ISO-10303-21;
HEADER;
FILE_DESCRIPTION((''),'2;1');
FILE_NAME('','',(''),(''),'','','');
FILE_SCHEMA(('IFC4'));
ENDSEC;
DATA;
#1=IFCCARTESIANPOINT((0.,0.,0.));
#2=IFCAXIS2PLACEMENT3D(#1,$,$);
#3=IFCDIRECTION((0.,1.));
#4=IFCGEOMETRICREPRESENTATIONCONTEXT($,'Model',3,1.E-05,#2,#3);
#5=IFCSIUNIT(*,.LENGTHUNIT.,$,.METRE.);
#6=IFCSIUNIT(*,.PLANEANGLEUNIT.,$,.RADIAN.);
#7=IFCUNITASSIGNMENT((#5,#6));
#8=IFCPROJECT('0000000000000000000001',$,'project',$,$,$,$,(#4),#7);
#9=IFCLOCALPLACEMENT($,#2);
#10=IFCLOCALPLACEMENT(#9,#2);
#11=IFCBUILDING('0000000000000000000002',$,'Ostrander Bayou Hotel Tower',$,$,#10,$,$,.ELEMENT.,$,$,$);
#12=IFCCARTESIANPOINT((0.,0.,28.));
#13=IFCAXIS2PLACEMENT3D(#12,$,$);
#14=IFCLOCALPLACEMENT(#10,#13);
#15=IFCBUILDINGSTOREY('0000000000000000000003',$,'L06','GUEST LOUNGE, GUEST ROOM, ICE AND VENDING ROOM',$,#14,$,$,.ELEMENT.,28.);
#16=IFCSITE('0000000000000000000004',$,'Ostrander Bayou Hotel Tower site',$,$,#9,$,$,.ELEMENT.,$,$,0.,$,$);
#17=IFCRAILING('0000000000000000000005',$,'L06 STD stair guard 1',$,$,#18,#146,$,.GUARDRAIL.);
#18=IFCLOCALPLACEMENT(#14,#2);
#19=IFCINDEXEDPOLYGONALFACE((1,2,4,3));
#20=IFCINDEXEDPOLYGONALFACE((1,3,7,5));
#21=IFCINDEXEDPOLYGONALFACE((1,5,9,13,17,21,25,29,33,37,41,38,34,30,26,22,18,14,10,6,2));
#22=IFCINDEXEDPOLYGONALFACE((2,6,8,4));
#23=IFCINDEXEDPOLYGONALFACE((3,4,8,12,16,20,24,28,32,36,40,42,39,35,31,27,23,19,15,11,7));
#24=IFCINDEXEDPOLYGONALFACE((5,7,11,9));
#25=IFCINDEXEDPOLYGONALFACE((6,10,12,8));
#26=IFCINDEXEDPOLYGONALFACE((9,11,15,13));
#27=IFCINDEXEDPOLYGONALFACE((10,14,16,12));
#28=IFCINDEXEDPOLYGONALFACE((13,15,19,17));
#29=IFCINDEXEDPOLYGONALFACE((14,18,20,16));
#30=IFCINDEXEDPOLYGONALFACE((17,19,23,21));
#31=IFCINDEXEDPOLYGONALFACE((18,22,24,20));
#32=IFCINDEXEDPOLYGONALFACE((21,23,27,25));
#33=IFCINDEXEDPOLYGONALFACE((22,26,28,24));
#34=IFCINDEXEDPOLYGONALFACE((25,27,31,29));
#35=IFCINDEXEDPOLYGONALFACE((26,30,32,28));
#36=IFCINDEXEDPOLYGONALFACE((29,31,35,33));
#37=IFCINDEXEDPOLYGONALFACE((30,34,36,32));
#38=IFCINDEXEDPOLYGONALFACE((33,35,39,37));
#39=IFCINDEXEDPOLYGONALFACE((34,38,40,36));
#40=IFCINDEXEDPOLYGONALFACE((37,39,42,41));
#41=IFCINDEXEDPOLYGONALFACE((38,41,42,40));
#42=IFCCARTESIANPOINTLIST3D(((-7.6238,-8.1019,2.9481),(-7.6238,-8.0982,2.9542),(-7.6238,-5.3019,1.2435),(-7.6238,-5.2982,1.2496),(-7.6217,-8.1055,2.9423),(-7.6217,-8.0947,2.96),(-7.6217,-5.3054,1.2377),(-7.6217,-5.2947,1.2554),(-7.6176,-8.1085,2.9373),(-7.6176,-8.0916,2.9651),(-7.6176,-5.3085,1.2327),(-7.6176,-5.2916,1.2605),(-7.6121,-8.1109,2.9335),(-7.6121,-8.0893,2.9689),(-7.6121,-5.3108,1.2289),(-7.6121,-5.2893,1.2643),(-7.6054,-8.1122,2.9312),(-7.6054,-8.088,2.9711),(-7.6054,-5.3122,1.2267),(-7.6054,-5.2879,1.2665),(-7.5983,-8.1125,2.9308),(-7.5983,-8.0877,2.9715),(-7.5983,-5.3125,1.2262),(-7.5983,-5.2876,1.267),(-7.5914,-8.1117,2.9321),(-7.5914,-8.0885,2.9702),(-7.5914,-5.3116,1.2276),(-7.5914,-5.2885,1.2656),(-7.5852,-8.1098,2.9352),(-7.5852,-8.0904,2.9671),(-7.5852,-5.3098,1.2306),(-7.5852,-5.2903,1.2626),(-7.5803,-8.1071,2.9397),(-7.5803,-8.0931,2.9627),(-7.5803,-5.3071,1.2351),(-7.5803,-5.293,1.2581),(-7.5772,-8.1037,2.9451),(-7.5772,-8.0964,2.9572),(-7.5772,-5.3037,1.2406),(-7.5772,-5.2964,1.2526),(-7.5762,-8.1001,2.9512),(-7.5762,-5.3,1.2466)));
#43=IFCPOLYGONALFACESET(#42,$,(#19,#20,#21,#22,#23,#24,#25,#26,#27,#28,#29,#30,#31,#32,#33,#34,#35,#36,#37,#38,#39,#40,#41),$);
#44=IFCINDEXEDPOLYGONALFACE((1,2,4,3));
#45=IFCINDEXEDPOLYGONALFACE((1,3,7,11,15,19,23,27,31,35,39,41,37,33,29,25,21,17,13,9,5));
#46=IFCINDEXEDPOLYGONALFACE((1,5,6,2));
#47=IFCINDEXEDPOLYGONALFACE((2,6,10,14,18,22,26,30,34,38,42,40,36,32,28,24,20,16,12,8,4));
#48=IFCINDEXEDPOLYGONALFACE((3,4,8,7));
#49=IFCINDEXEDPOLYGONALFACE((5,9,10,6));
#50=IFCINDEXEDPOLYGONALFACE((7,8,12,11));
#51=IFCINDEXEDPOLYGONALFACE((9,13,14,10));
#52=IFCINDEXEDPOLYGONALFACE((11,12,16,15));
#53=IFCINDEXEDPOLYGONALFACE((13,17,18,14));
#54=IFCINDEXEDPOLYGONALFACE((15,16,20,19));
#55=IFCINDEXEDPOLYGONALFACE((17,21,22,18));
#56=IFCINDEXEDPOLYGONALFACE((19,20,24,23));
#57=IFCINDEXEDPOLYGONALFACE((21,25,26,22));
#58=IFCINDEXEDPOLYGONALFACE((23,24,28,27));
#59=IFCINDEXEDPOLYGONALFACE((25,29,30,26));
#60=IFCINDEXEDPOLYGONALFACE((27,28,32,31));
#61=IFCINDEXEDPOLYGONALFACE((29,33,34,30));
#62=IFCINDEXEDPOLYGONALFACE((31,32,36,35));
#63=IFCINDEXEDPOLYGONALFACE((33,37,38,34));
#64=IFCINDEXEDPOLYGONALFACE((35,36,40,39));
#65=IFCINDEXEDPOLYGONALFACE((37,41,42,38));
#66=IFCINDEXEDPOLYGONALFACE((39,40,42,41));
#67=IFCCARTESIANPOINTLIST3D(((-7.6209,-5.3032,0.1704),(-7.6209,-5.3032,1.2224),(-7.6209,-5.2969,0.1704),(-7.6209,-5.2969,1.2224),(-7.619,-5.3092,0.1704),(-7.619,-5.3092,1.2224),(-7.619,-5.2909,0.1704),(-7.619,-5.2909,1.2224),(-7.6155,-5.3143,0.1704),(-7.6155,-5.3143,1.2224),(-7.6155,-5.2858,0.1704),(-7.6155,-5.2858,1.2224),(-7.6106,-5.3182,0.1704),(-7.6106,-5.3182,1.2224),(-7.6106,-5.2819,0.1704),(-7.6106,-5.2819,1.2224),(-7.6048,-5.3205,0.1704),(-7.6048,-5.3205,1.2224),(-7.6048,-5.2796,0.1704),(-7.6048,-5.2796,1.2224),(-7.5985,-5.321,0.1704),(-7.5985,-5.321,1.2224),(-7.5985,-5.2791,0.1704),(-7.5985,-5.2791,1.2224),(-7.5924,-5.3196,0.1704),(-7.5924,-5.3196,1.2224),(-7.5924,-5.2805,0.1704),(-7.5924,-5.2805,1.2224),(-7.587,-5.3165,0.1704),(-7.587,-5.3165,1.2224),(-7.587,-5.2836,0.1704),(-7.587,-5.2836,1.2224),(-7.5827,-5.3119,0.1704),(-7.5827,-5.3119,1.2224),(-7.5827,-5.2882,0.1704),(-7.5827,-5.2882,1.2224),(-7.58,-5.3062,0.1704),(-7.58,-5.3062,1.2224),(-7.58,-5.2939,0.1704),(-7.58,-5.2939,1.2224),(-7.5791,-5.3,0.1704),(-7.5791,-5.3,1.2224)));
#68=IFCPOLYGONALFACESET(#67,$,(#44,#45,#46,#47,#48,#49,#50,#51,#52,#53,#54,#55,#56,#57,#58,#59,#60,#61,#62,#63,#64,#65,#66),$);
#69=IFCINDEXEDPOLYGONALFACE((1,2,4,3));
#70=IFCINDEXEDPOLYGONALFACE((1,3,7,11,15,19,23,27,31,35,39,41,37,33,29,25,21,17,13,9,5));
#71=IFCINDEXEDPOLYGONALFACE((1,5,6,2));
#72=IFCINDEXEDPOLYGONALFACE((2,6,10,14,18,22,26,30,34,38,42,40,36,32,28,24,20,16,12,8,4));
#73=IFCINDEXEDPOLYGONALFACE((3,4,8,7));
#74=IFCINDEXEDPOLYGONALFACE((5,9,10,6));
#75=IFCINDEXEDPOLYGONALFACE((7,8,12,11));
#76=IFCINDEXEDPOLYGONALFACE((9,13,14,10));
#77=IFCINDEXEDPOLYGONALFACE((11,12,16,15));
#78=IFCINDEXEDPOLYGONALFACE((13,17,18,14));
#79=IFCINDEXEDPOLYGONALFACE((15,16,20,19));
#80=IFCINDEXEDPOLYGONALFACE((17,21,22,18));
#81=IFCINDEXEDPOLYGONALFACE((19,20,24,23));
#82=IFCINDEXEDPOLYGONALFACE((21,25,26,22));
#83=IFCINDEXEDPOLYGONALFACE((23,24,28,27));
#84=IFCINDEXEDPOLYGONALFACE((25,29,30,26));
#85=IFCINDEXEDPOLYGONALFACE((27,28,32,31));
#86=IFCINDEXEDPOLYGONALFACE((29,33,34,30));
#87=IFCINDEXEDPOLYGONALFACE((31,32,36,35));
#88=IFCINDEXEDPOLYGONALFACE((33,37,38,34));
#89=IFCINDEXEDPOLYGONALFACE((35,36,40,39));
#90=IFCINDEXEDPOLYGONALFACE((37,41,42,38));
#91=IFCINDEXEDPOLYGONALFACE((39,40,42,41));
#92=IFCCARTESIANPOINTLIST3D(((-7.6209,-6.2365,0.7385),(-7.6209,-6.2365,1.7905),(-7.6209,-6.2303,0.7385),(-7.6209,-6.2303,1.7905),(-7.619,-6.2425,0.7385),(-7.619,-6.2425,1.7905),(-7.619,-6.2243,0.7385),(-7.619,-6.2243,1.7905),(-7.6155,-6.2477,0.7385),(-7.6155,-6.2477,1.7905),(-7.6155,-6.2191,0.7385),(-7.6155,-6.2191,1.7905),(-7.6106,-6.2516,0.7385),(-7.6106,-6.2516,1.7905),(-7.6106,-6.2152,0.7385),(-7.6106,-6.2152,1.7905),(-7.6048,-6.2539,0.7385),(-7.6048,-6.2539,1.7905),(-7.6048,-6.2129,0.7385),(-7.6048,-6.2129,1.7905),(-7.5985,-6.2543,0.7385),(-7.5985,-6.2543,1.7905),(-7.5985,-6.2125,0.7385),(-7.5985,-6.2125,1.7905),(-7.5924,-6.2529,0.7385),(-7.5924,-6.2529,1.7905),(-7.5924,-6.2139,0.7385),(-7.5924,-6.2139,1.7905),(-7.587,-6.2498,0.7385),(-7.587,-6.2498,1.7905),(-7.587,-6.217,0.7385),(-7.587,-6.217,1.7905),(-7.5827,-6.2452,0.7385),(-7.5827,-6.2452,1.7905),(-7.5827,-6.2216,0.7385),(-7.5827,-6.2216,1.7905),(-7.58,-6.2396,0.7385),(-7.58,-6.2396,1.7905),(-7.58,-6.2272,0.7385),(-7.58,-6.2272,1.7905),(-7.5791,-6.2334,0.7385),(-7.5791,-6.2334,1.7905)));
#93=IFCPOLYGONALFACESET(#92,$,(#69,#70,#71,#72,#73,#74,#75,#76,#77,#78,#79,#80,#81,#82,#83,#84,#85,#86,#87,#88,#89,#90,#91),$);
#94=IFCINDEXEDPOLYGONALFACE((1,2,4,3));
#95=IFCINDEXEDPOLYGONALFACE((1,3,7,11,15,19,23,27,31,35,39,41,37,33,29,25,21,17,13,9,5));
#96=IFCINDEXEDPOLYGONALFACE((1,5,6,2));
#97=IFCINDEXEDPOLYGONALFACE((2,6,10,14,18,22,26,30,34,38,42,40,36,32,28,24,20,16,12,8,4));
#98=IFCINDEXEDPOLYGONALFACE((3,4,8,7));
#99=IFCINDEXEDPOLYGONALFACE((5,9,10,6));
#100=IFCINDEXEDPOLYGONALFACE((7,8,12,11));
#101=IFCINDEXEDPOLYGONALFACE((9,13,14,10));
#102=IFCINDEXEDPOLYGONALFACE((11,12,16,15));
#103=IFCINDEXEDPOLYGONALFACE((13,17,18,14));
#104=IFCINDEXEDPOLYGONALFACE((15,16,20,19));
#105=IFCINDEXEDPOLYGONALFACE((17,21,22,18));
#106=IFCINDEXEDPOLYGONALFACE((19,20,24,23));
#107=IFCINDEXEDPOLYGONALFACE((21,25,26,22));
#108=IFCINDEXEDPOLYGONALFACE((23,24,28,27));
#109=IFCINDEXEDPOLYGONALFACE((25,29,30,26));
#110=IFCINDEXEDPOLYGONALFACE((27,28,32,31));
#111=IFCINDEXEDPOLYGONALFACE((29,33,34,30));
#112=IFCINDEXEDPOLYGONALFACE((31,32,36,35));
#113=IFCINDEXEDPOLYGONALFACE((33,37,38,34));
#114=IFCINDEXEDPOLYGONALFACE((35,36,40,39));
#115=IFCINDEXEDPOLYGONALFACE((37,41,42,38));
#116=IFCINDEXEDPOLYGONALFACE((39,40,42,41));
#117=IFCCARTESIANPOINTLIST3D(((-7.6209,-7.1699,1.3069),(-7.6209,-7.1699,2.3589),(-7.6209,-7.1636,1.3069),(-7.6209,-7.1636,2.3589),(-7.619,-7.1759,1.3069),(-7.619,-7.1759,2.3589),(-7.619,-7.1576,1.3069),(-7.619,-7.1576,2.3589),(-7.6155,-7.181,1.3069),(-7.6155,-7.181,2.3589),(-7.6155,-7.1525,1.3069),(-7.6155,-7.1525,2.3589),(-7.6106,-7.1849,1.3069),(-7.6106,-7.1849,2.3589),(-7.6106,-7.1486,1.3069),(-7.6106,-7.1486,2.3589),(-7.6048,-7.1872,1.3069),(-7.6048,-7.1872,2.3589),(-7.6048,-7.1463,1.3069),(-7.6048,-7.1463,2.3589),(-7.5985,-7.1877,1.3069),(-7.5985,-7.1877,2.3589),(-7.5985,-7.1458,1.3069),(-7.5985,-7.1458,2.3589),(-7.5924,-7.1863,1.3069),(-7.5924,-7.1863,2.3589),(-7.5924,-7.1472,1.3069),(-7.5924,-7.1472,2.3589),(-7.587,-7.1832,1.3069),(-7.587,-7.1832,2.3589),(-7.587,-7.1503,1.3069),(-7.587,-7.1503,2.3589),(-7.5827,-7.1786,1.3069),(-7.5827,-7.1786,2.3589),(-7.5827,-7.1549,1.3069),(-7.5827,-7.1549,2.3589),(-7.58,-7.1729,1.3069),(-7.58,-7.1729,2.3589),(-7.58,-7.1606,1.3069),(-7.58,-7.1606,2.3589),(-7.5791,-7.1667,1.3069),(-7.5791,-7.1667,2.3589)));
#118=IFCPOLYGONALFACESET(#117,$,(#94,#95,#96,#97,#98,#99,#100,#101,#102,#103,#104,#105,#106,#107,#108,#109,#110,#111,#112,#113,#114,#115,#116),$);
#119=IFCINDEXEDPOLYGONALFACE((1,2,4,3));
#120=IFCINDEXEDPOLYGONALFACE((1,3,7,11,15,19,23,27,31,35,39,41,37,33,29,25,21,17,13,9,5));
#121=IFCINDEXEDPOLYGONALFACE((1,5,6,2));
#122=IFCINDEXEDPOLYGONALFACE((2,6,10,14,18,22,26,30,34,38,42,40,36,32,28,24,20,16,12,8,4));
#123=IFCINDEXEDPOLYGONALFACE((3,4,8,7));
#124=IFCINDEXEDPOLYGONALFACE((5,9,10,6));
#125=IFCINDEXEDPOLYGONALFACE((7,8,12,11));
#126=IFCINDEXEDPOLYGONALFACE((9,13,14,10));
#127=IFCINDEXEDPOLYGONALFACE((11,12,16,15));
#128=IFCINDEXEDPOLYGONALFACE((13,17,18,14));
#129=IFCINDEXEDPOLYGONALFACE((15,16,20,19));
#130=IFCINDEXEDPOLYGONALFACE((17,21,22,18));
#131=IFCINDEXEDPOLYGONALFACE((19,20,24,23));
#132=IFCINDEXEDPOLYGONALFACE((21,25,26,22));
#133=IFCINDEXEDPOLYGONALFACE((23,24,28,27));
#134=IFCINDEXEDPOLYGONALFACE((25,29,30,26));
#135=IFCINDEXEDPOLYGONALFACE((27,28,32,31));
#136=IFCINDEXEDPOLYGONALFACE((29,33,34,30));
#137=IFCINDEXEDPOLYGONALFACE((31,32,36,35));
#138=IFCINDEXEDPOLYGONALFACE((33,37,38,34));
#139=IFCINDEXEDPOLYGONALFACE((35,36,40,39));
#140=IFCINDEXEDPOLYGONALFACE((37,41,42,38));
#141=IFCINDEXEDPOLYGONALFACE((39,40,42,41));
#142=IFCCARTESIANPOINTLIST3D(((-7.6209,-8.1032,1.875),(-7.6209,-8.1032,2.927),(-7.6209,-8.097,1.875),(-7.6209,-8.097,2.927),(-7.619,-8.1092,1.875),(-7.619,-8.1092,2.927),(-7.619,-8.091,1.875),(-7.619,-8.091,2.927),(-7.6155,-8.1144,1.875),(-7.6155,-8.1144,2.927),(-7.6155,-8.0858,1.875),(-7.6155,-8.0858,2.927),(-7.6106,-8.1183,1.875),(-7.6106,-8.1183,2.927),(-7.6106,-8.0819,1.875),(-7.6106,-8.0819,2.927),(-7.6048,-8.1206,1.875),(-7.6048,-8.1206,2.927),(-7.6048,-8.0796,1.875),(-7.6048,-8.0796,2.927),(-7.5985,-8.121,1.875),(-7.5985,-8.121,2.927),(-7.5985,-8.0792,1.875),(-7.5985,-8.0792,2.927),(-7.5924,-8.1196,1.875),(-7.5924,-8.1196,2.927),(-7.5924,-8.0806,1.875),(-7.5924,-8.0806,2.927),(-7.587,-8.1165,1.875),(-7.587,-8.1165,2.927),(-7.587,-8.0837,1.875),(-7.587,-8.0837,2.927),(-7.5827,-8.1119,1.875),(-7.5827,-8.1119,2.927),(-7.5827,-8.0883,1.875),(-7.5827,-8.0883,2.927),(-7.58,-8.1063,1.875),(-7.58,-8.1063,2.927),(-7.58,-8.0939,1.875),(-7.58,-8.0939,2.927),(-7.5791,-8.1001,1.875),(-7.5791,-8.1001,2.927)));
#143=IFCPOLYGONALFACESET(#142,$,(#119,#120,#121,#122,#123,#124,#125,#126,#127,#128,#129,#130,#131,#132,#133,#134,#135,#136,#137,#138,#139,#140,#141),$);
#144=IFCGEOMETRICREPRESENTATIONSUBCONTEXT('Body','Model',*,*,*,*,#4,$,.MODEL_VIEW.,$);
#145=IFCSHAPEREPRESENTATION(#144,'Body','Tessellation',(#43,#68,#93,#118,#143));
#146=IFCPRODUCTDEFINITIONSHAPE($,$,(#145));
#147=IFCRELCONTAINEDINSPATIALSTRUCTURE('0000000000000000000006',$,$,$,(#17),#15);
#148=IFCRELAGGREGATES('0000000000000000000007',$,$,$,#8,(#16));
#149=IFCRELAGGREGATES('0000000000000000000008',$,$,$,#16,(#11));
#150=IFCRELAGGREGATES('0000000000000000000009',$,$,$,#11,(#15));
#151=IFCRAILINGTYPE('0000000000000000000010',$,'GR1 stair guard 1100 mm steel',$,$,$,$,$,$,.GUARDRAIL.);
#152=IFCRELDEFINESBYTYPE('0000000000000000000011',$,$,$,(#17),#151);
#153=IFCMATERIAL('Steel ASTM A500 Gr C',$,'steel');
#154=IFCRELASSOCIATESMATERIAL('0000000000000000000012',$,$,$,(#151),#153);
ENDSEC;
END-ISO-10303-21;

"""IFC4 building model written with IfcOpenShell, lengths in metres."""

from ifc_helpers import new_model, si_unit, direction, frame, origin, origin_2d, place, context, subcontext, project, spatial, circle, extrude, material, type_object, element, save


model = new_model("IFC4")

# Units and contexts
model_context = context("Model", 3, precision=1e-05, world=origin(), true_north=direction((0.0, 1.0)))
body_context = subcontext(model_context, "Body", "Model", "MODEL_VIEW")
ifc_project = project(units=[si_unit("LENGTHUNIT", "METRE"), si_unit("PLANEANGLEUNIT", "RADIAN")], contexts=[model_context])

# Site, building, storey
site_placement = place(None, origin())
site = spatial("IfcSite", under=ifc_project, at=site_placement, Name="Ostrander Bayou Hotel Tower site", CompositionType="ELEMENT", RefElevation=0.0)
building_placement = place(site_placement, origin())
building = spatial("IfcBuilding", under=site, at=building_placement, Name="Ostrander Bayou Hotel Tower", CompositionType="ELEMENT")
storey_placement = place(building_placement, frame((0.0, 0.0, 28.0)))
storey = spatial("IfcBuildingStorey", under=building, at=storey_placement, Name="L06", Description="GUEST LOUNGE, GUEST ROOM, ICE AND VENDING ROOM", CompositionType="ELEMENT", Elevation=28.0)

# Railing
ifc_material_1 = material(Name="Steel ASTM A500 Gr C", Category="steel")
railing_type_1 = type_object("IfcRailingType", Name="GR1 stair guard 1100 mm steel", PredefinedType="GUARDRAIL", material=ifc_material_1)
railing_1_placement = place(storey_placement, frame((-7.6001, -5.3, 0.1704)))
element("IfcRailing", 1, at=railing_1_placement, inside=storey, type_object=railing_type_1, Name="L06 STD stair guard 1", PredefinedType="GUARDRAIL", context=body_context, shape_type="SweptSolid", body=[
    extrude(circle(Radius=0.0239, at=origin_2d()), frame((0.0, 0.0, 1.0762), z_axis=(0.0, -0.85417, 0.519994), x_axis=(1.0, 0.0, 0.0)), (0.0, 0.0, 1.0), 3.2781),
    extrude(circle(Radius=0.021, at=origin_2d()), origin(), (0.0, 0.0, 1.0), 1.052),
    extrude(circle(Radius=0.021, at=origin_2d()), frame((0.0, -0.9333, 0.5681)), (0.0, 0.0, 1.0), 1.052),
    extrude(circle(Radius=0.021, at=origin_2d()), frame((0.0, -1.8667, 1.1365)), (0.0, 0.0, 1.0), 1.052),
    extrude(circle(Radius=0.021, at=origin_2d()), frame((0.0, -2.8, 1.7046)), (0.0, 0.0, 1.0), 1.052),
])

save(model, "model.ifc")
